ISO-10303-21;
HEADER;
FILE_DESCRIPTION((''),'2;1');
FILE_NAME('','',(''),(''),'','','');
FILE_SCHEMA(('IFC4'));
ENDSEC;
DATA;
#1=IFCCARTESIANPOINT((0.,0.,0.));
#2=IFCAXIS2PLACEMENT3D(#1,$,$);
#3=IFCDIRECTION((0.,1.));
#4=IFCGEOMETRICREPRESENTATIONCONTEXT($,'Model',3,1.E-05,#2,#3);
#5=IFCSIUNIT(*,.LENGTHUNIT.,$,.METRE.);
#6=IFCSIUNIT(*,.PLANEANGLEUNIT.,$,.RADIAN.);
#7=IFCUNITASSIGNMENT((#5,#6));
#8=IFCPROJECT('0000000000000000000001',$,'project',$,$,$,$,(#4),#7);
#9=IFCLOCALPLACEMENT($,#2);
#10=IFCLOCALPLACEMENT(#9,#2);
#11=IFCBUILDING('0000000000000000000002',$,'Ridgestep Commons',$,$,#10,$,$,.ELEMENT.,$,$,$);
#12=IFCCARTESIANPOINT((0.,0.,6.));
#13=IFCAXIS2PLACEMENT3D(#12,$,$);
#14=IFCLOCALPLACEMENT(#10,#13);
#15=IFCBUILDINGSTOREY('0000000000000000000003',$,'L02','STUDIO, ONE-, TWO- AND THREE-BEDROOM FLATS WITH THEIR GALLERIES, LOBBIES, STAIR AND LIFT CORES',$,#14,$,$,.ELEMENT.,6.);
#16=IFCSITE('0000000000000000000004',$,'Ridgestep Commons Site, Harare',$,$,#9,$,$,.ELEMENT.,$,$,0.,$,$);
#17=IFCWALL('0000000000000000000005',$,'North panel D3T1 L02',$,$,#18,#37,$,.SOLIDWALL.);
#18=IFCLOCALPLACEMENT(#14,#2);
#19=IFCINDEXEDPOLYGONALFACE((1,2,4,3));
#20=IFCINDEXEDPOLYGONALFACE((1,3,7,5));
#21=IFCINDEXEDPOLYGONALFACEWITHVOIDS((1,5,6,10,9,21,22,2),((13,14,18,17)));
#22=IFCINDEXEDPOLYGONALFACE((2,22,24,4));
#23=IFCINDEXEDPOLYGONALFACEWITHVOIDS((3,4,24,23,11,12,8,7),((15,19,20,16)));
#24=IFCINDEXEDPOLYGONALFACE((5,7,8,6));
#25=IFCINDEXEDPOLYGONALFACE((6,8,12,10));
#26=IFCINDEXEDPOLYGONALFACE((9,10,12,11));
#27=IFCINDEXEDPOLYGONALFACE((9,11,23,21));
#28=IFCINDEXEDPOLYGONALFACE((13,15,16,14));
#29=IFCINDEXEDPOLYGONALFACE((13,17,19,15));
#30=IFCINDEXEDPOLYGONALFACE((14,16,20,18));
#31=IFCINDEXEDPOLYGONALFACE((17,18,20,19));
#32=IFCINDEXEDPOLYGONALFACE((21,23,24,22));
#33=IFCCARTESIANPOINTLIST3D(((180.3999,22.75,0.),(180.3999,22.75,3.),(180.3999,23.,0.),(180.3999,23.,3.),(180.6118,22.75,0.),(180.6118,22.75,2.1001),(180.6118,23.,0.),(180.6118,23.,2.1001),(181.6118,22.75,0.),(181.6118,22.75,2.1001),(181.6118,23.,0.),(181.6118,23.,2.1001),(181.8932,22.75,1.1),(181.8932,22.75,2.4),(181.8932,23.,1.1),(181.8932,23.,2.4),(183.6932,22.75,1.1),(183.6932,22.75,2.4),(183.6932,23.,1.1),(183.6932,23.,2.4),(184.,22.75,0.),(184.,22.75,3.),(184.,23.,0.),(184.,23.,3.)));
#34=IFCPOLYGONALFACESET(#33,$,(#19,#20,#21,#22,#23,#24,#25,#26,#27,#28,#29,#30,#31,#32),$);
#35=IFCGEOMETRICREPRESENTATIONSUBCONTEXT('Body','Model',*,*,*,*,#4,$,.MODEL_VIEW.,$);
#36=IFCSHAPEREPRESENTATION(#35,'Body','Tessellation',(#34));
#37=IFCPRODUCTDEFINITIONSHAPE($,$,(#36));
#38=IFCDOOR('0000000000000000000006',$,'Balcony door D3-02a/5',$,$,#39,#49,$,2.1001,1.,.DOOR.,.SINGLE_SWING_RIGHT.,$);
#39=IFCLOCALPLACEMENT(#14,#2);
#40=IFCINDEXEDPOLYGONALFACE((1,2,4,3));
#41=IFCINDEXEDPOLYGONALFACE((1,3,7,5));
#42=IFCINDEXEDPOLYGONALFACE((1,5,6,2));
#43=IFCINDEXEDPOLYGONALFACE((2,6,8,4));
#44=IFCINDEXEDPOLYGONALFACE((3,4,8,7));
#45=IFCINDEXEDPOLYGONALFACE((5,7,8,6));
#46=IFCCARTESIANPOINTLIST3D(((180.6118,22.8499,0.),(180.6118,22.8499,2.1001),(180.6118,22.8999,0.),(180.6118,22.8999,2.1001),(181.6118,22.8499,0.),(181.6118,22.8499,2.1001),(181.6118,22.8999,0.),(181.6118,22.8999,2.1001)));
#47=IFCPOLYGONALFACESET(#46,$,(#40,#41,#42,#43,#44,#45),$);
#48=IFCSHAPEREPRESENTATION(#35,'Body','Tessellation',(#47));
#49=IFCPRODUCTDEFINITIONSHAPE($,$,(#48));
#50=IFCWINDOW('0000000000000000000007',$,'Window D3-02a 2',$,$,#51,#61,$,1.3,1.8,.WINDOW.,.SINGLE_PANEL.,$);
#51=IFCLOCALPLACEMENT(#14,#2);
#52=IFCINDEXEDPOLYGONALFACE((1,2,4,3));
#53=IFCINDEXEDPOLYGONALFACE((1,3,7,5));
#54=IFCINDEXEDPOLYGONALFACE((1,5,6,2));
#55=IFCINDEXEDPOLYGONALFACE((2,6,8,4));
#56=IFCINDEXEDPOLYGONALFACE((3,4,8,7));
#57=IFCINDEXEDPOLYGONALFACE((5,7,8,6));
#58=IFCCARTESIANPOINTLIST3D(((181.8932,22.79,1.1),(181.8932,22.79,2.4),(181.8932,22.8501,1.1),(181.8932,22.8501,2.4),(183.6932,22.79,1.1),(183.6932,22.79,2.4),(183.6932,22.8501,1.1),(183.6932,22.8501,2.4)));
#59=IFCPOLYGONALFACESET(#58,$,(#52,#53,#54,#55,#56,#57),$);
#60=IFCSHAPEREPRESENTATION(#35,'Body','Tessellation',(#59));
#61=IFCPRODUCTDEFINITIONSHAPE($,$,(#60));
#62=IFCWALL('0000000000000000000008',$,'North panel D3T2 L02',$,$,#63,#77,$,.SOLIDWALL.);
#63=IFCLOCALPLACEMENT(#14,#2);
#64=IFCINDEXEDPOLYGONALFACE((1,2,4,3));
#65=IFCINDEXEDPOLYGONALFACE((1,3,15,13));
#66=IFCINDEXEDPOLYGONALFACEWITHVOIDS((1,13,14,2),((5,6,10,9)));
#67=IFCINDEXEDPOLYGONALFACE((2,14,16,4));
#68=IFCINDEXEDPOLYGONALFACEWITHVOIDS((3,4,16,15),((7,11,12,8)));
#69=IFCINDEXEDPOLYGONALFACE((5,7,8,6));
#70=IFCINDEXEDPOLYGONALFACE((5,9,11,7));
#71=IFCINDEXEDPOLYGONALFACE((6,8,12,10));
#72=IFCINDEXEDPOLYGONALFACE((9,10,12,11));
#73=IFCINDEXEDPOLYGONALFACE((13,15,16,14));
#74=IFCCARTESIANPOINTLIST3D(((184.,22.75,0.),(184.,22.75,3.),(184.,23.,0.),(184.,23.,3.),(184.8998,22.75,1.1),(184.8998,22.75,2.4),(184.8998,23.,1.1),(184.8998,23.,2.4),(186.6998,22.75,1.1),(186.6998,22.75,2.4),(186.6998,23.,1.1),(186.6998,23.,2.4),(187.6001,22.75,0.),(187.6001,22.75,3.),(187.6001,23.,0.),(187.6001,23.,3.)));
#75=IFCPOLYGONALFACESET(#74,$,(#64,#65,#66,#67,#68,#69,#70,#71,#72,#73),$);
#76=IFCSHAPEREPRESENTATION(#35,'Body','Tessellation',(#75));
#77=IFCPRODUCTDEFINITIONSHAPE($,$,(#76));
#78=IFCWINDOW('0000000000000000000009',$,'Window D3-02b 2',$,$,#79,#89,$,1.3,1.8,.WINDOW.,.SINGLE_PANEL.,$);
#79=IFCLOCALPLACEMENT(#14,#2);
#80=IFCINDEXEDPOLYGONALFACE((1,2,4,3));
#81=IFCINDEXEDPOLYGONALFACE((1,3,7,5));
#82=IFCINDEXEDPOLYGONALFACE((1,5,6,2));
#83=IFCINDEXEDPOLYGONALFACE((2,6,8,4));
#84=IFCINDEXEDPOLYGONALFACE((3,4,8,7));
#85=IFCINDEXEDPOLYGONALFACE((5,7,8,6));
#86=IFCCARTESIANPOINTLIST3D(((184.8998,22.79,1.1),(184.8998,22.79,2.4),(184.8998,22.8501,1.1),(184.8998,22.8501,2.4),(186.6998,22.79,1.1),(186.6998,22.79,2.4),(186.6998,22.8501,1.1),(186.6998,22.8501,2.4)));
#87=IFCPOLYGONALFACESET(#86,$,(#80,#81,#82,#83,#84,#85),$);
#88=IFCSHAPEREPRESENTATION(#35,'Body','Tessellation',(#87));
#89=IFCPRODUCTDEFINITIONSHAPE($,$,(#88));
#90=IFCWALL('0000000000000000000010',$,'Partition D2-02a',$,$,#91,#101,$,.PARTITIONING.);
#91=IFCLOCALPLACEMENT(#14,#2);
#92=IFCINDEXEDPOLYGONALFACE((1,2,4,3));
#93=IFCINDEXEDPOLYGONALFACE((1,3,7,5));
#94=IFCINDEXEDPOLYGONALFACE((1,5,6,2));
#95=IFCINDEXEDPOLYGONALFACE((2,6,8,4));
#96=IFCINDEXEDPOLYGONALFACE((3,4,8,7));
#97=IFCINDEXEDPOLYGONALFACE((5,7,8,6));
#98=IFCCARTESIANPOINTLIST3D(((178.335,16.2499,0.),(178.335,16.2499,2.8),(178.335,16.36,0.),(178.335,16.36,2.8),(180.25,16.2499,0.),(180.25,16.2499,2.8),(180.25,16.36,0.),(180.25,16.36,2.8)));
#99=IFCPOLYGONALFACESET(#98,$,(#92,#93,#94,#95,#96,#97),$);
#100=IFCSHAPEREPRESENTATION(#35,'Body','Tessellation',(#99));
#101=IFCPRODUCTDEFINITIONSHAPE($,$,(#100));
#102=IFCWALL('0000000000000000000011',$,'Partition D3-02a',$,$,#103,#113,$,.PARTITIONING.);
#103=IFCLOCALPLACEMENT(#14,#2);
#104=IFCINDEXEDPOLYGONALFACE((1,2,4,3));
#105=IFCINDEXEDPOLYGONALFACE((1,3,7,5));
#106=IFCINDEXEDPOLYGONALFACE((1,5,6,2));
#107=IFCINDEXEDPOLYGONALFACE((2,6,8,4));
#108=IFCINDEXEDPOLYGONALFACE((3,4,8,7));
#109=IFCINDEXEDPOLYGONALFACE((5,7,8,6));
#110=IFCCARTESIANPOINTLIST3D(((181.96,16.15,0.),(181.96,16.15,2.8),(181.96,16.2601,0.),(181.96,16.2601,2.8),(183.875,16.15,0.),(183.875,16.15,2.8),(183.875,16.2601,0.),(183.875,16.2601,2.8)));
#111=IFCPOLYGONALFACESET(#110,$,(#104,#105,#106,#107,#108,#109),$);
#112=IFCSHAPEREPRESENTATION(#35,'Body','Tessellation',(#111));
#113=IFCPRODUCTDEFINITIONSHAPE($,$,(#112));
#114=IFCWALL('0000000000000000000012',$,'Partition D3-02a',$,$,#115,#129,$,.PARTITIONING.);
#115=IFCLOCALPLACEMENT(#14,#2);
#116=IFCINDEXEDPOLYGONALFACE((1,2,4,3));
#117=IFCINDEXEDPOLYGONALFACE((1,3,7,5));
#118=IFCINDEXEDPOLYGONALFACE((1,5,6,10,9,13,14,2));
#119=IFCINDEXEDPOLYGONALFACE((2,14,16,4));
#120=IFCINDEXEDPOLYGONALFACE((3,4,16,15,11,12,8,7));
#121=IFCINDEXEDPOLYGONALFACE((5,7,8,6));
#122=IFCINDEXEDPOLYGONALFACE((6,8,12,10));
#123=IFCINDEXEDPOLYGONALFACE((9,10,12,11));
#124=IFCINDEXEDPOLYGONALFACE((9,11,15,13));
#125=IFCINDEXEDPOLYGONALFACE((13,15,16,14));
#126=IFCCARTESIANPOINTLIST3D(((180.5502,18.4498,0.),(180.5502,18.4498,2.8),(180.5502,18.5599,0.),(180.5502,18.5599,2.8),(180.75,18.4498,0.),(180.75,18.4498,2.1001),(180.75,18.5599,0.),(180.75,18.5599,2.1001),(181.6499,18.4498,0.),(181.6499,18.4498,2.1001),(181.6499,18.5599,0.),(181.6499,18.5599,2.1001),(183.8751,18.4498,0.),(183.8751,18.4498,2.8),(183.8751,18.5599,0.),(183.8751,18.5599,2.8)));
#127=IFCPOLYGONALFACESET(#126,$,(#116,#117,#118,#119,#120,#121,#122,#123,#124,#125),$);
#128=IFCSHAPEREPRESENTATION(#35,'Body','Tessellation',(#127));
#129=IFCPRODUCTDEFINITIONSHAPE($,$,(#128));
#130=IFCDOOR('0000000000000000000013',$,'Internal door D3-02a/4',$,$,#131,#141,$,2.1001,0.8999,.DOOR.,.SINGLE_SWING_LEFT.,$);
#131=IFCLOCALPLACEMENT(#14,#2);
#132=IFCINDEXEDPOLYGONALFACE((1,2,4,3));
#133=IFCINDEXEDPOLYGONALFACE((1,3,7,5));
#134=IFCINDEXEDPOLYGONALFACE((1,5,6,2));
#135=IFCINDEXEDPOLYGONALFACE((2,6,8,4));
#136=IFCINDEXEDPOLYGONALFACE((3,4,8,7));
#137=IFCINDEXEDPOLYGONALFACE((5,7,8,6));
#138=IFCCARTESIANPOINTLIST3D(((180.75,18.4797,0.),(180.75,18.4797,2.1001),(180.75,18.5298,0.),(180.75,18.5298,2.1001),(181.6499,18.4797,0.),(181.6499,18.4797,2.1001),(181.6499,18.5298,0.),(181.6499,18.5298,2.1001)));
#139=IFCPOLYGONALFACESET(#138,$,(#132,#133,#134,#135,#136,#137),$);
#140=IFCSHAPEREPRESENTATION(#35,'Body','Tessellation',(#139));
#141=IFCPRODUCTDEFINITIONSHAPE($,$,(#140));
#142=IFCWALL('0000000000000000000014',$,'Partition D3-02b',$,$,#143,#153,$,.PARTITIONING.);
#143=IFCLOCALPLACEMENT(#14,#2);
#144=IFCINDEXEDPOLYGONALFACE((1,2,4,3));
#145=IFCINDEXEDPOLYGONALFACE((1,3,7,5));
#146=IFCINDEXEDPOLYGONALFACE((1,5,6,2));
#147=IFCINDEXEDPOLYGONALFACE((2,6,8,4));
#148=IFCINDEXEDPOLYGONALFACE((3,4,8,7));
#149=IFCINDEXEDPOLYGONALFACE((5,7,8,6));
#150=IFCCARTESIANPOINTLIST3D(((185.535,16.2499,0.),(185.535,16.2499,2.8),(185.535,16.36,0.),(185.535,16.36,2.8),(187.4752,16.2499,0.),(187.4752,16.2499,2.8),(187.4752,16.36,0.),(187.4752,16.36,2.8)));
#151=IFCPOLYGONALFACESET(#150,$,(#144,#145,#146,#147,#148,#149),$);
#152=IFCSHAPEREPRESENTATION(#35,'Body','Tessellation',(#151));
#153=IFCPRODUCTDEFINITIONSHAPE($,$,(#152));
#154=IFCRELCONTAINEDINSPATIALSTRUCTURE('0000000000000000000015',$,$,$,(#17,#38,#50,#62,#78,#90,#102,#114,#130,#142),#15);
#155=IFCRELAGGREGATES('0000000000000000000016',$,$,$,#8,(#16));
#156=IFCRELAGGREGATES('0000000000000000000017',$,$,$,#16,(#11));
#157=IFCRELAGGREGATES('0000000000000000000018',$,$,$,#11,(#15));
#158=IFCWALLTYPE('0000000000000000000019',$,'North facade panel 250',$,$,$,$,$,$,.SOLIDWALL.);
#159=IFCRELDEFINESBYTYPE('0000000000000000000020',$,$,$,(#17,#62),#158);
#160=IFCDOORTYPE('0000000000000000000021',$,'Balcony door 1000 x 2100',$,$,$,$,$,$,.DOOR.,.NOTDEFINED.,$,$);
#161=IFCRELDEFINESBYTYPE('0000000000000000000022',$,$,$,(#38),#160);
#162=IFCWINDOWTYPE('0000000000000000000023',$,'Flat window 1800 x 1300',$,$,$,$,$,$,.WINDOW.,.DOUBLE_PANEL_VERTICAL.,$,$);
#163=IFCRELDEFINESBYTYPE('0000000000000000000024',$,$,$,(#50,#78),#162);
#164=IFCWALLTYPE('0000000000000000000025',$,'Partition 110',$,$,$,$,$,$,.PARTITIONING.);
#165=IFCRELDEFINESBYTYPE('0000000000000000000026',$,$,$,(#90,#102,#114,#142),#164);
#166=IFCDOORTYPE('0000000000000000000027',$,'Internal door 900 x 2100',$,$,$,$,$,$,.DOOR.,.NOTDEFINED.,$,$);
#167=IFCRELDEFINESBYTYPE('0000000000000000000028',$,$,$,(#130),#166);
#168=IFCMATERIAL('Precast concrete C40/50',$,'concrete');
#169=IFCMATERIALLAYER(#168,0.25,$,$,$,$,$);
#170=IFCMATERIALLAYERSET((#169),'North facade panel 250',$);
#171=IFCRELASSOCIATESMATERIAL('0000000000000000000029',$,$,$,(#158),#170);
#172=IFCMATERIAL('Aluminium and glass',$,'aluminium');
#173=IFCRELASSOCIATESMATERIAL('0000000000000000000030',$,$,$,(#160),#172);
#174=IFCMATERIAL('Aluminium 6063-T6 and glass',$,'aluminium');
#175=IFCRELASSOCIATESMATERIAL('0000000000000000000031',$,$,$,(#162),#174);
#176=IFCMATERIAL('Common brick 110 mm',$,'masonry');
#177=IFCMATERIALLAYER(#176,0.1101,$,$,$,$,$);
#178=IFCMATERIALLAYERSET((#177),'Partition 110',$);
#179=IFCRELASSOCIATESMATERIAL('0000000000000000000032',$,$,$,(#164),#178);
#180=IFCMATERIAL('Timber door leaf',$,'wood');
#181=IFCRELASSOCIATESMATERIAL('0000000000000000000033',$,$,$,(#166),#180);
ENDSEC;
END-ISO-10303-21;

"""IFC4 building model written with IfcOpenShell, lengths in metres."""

from ifc_helpers import new_model, si_unit, direction, frame, frame_2d, origin, place, context, subcontext, project, spatial, rectangle, extrude, material, layer, layer_set, type_object, element, fill, save


model = new_model("IFC4")

# Units and contexts
model_context = context("Model", 3, precision=1e-05, world=origin(), true_north=direction((0.0, 1.0)))
body_context = subcontext(model_context, "Body", "Model", "MODEL_VIEW")
ifc_project = project(units=[si_unit("LENGTHUNIT", "METRE"), si_unit("PLANEANGLEUNIT", "RADIAN")], contexts=[model_context])

# Site, building, storey
site_placement = place(None, origin())
site = spatial("IfcSite", under=ifc_project, at=site_placement, Name="Ridgestep Commons Site, Harare", CompositionType="ELEMENT", RefElevation=0.0)
building_placement = place(site_placement, origin())
building = spatial("IfcBuilding", under=site, at=building_placement, Name="Ridgestep Commons", CompositionType="ELEMENT")
storey_placement = place(building_placement, frame((0.0, 0.0, 6.0)))
storey = spatial("IfcBuildingStorey", under=building, at=storey_placement, Name="L02", Description="STUDIO, ONE-, TWO- AND THREE-BEDROOM FLATS WITH THEIR GALLERIES, LOBBIES, STAIR AND LIFT CORES", CompositionType="ELEMENT", Elevation=6.0)

# Wall, openings, door, window
ifc_material_1 = material(Name="Precast concrete C40/50", Category="concrete")
ifc_layer_1 = layer(ifc_material_1, 0.25)
ifc_layer_set_1 = layer_set([ifc_layer_1], Name="North facade panel 250")
wall_type_1 = type_object("IfcWallType", Name="North facade panel 250", PredefinedType="SOLIDWALL", material=ifc_layer_set_1)
wall_1_placement = place(storey_placement, frame((180.3999, 22.875, 0.0), z_axis=(0.0, 0.0, 1.0), x_axis=(1.0, 0.0, 0.0)))
wall_1 = element("IfcWall", 1, at=wall_1_placement, inside=storey, type_object=wall_type_1, Name="North panel D3T1 L02", PredefinedType="SOLIDWALL", context=body_context, shape_type="SweptSolid", body=[
    extrude(rectangle(XDim=3.6001, YDim=0.25, at=frame_2d((1.8, 0.0))), origin(), (0.0, 0.0, 1.0), 3.0),
])
opening_1_placement = place(wall_1_placement, frame((1.4934, 0.0, 1.1001)))
opening_1 = element("IfcOpeningElement", 2, at=opening_1_placement, cuts=wall_1, PredefinedType="OPENING", context=body_context, shape_type="SweptSolid", body=[
    extrude(rectangle(XDim=1.8, YDim=1.3, at=frame_2d((0.8999, 0.6499))), frame((0.0, 0.135, 0.0), z_axis=(0.0, -1.0, 0.0), x_axis=(1.0, 0.0, 0.0)), (0.0, 0.0, 1.0), 0.27),
])
opening_2_placement = place(wall_1_placement, frame((0.2119, 0.0, 0.0)))
opening_2 = element("IfcOpeningElement", 3, at=opening_2_placement, cuts=wall_1, PredefinedType="OPENING", context=body_context, shape_type="SweptSolid", body=[
    extrude(rectangle(XDim=1.0, YDim=2.1001, at=frame_2d((0.5, 1.05))), frame((0.0, 0.135, 0.0), z_axis=(0.0, -1.0, 0.0), x_axis=(1.0, 0.0, 0.0)), (0.0, 0.0, 1.0), 0.27),
])
ifc_material_2 = material(Name="Aluminium and glass", Category="aluminium")
door_type_1 = type_object("IfcDoorType", Name="Balcony door 1000 x 2100", OperationType="NOTDEFINED", PredefinedType="DOOR", material=ifc_material_2)
door_1_placement = place(opening_2_placement, origin())
door_1 = element("IfcDoor", 4, at=door_1_placement, inside=storey, type_object=door_type_1, Name="Balcony door D3-02a/5", OperationType="SINGLE_SWING_RIGHT", OverallHeight=2.1001, OverallWidth=1.0, PredefinedType="DOOR", context=body_context, shape_type="SweptSolid", body=[
    extrude(rectangle(XDim=1.0, YDim=2.1001, at=frame_2d((0.5, 1.05))), frame((0.0, 0.0249, 0.0), z_axis=(0.0, -1.0, 0.0), x_axis=(1.0, 0.0, 0.0)), (0.0, 0.0, 1.0), 0.05),
])
fill(opening_2, door_1)
ifc_material_3 = material(Name="Aluminium 6063-T6 and glass", Category="aluminium")
window_type = type_object("IfcWindowType", Name="Flat window 1800 x 1300", PartitioningType="DOUBLE_PANEL_VERTICAL", PredefinedType="WINDOW", material=ifc_material_3)
window_1_placement = place(opening_1_placement, origin())
window_1 = element("IfcWindow", 5, at=window_1_placement, inside=storey, type_object=window_type, Name="Window D3-02a 2", OverallHeight=1.3, OverallWidth=1.8, PartitioningType="SINGLE_PANEL", PredefinedType="WINDOW", context=body_context, shape_type="SweptSolid", body=[
    extrude(rectangle(XDim=1.8, YDim=1.3, at=frame_2d((0.8999, 0.6499))), frame((0.0, -0.0249, 0.0), z_axis=(0.0, -1.0, 0.0), x_axis=(1.0, 0.0, 0.0)), (0.0, 0.0, 1.0), 0.0601),
])
fill(opening_1, window_1)

# Wall, opening, window
wall_2_placement = place(storey_placement, frame((184.0, 22.875, 0.0), z_axis=(0.0, 0.0, 1.0), x_axis=(1.0, 0.0, 0.0)))
wall_2 = element("IfcWall", 6, at=wall_2_placement, inside=storey, type_object=wall_type_1, Name="North panel D3T2 L02", PredefinedType="SOLIDWALL", context=body_context, shape_type="SweptSolid", body=[
    extrude(rectangle(XDim=3.6001, YDim=0.25, at=frame_2d((1.8, 0.0))), origin(), (0.0, 0.0, 1.0), 3.0),
])
opening_3_placement = place(wall_2_placement, frame((0.8999, 0.0, 1.1001)))
opening_3 = element("IfcOpeningElement", 7, at=opening_3_placement, cuts=wall_2, PredefinedType="OPENING", context=body_context, shape_type="SweptSolid", body=[
    extrude(rectangle(XDim=1.8, YDim=1.3, at=frame_2d((0.8999, 0.6499))), frame((0.0, 0.135, 0.0), z_axis=(0.0, -1.0, 0.0), x_axis=(1.0, 0.0, 0.0)), (0.0, 0.0, 1.0), 0.27),
])
window_2_placement = place(opening_3_placement, origin())
window_2 = element("IfcWindow", 8, at=window_2_placement, inside=storey, type_object=window_type, Name="Window D3-02b 2", OverallHeight=1.3, OverallWidth=1.8, PartitioningType="SINGLE_PANEL", PredefinedType="WINDOW", context=body_context, shape_type="SweptSolid", body=[
    extrude(rectangle(XDim=1.8, YDim=1.3, at=frame_2d((0.8999, 0.6499))), frame((0.0, -0.0249, 0.0), z_axis=(0.0, -1.0, 0.0), x_axis=(1.0, 0.0, 0.0)), (0.0, 0.0, 1.0), 0.0601),
])
fill(opening_3, window_2)

# Walls
ifc_material_4 = material(Name="Common brick 110 mm", Category="masonry")
ifc_layer_2 = layer(ifc_material_4, 0.1101)
ifc_layer_set_2 = layer_set([ifc_layer_2], Name="Partition 110")
wall_type_2 = type_object("IfcWallType", Name="Partition 110", PredefinedType="PARTITIONING", material=ifc_layer_set_2)
for number, where, z_axis, x_axis, name in (
    (9, (178.335, 16.3049, 0.0), (0.0, 0.0, 1.0), (1.0, 0.0, 0.0), "Partition D2-02a"),
    (10, (181.96, 16.2051, 0.0), (0.0, 0.0, 1.0), (1.0, 0.0, 0.0), "Partition D3-02a"),
):
    element("IfcWall", number, at=place(storey_placement, frame(where, z_axis=z_axis, x_axis=x_axis)), inside=storey, type_object=wall_type_2, Name=name, PredefinedType="PARTITIONING", context=body_context, shape_type="SweptSolid", body=[
        extrude(rectangle(XDim=1.915, YDim=0.1101, at=frame_2d((0.9575, 0.0))), origin(), (0.0, 0.0, 1.0), 2.8),
    ])

# Wall, opening, door
wall_3_placement = place(storey_placement, frame((180.55, 18.5049, 0.0), z_axis=(0.0, 0.0, 1.0), x_axis=(1.0, 0.0, 0.0)))
wall_3 = element("IfcWall", 11, at=wall_3_placement, inside=storey, type_object=wall_type_2, Name="Partition D3-02a", PredefinedType="PARTITIONING", context=body_context, shape_type="SweptSolid", body=[
    extrude(rectangle(XDim=3.325, YDim=0.1101, at=frame_2d((1.6626, 0.0))), origin(), (0.0, 0.0, 1.0), 2.8),
])
opening_4_placement = place(wall_3_placement, frame((0.2, 0.0, 0.0)))
opening_4 = element("IfcOpeningElement", 12, at=opening_4_placement, cuts=wall_3, PredefinedType="OPENING", context=body_context, shape_type="SweptSolid", body=[
    extrude(rectangle(XDim=0.8999, YDim=2.1001, at=frame_2d((0.45, 1.05))), frame((0.0, 0.0649, 0.0), z_axis=(0.0, -1.0, 0.0), x_axis=(1.0, 0.0, 0.0)), (0.0, 0.0, 1.0), 0.1301),
])
ifc_material_5 = material(Name="Timber door leaf", Category="wood")
door_type_2 = type_object("IfcDoorType", Name="Internal door 900 x 2100", OperationType="NOTDEFINED", PredefinedType="DOOR", material=ifc_material_5)
door_2_placement = place(opening_4_placement, origin())
door_2 = element("IfcDoor", 13, at=door_2_placement, inside=storey, type_object=door_type_2, Name="Internal door D3-02a/4", OperationType="SINGLE_SWING_LEFT", OverallHeight=2.1001, OverallWidth=0.8999, PredefinedType="DOOR", context=body_context, shape_type="SweptSolid", body=[
    extrude(rectangle(XDim=0.8999, YDim=2.1001, at=frame_2d((0.45, 1.05))), frame((0.0, 0.0249, 0.0), z_axis=(0.0, -1.0, 0.0), x_axis=(1.0, 0.0, 0.0)), (0.0, 0.0, 1.0), 0.05),
])
fill(opening_4, door_2)

# Wall
wall_4_placement = place(storey_placement, frame((185.5349, 16.3049, 0.0), z_axis=(0.0, 0.0, 1.0), x_axis=(1.0, 0.0, 0.0)))
element("IfcWall", 14, at=wall_4_placement, inside=storey, type_object=wall_type_2, Name="Partition D3-02b", PredefinedType="PARTITIONING", context=body_context, shape_type="SweptSolid", body=[
    extrude(rectangle(XDim=1.9402, YDim=0.1101, at=frame_2d((0.9702, 0.0))), origin(), (0.0, 0.0, 1.0), 2.8),
])

save(model, "model.ifc")
